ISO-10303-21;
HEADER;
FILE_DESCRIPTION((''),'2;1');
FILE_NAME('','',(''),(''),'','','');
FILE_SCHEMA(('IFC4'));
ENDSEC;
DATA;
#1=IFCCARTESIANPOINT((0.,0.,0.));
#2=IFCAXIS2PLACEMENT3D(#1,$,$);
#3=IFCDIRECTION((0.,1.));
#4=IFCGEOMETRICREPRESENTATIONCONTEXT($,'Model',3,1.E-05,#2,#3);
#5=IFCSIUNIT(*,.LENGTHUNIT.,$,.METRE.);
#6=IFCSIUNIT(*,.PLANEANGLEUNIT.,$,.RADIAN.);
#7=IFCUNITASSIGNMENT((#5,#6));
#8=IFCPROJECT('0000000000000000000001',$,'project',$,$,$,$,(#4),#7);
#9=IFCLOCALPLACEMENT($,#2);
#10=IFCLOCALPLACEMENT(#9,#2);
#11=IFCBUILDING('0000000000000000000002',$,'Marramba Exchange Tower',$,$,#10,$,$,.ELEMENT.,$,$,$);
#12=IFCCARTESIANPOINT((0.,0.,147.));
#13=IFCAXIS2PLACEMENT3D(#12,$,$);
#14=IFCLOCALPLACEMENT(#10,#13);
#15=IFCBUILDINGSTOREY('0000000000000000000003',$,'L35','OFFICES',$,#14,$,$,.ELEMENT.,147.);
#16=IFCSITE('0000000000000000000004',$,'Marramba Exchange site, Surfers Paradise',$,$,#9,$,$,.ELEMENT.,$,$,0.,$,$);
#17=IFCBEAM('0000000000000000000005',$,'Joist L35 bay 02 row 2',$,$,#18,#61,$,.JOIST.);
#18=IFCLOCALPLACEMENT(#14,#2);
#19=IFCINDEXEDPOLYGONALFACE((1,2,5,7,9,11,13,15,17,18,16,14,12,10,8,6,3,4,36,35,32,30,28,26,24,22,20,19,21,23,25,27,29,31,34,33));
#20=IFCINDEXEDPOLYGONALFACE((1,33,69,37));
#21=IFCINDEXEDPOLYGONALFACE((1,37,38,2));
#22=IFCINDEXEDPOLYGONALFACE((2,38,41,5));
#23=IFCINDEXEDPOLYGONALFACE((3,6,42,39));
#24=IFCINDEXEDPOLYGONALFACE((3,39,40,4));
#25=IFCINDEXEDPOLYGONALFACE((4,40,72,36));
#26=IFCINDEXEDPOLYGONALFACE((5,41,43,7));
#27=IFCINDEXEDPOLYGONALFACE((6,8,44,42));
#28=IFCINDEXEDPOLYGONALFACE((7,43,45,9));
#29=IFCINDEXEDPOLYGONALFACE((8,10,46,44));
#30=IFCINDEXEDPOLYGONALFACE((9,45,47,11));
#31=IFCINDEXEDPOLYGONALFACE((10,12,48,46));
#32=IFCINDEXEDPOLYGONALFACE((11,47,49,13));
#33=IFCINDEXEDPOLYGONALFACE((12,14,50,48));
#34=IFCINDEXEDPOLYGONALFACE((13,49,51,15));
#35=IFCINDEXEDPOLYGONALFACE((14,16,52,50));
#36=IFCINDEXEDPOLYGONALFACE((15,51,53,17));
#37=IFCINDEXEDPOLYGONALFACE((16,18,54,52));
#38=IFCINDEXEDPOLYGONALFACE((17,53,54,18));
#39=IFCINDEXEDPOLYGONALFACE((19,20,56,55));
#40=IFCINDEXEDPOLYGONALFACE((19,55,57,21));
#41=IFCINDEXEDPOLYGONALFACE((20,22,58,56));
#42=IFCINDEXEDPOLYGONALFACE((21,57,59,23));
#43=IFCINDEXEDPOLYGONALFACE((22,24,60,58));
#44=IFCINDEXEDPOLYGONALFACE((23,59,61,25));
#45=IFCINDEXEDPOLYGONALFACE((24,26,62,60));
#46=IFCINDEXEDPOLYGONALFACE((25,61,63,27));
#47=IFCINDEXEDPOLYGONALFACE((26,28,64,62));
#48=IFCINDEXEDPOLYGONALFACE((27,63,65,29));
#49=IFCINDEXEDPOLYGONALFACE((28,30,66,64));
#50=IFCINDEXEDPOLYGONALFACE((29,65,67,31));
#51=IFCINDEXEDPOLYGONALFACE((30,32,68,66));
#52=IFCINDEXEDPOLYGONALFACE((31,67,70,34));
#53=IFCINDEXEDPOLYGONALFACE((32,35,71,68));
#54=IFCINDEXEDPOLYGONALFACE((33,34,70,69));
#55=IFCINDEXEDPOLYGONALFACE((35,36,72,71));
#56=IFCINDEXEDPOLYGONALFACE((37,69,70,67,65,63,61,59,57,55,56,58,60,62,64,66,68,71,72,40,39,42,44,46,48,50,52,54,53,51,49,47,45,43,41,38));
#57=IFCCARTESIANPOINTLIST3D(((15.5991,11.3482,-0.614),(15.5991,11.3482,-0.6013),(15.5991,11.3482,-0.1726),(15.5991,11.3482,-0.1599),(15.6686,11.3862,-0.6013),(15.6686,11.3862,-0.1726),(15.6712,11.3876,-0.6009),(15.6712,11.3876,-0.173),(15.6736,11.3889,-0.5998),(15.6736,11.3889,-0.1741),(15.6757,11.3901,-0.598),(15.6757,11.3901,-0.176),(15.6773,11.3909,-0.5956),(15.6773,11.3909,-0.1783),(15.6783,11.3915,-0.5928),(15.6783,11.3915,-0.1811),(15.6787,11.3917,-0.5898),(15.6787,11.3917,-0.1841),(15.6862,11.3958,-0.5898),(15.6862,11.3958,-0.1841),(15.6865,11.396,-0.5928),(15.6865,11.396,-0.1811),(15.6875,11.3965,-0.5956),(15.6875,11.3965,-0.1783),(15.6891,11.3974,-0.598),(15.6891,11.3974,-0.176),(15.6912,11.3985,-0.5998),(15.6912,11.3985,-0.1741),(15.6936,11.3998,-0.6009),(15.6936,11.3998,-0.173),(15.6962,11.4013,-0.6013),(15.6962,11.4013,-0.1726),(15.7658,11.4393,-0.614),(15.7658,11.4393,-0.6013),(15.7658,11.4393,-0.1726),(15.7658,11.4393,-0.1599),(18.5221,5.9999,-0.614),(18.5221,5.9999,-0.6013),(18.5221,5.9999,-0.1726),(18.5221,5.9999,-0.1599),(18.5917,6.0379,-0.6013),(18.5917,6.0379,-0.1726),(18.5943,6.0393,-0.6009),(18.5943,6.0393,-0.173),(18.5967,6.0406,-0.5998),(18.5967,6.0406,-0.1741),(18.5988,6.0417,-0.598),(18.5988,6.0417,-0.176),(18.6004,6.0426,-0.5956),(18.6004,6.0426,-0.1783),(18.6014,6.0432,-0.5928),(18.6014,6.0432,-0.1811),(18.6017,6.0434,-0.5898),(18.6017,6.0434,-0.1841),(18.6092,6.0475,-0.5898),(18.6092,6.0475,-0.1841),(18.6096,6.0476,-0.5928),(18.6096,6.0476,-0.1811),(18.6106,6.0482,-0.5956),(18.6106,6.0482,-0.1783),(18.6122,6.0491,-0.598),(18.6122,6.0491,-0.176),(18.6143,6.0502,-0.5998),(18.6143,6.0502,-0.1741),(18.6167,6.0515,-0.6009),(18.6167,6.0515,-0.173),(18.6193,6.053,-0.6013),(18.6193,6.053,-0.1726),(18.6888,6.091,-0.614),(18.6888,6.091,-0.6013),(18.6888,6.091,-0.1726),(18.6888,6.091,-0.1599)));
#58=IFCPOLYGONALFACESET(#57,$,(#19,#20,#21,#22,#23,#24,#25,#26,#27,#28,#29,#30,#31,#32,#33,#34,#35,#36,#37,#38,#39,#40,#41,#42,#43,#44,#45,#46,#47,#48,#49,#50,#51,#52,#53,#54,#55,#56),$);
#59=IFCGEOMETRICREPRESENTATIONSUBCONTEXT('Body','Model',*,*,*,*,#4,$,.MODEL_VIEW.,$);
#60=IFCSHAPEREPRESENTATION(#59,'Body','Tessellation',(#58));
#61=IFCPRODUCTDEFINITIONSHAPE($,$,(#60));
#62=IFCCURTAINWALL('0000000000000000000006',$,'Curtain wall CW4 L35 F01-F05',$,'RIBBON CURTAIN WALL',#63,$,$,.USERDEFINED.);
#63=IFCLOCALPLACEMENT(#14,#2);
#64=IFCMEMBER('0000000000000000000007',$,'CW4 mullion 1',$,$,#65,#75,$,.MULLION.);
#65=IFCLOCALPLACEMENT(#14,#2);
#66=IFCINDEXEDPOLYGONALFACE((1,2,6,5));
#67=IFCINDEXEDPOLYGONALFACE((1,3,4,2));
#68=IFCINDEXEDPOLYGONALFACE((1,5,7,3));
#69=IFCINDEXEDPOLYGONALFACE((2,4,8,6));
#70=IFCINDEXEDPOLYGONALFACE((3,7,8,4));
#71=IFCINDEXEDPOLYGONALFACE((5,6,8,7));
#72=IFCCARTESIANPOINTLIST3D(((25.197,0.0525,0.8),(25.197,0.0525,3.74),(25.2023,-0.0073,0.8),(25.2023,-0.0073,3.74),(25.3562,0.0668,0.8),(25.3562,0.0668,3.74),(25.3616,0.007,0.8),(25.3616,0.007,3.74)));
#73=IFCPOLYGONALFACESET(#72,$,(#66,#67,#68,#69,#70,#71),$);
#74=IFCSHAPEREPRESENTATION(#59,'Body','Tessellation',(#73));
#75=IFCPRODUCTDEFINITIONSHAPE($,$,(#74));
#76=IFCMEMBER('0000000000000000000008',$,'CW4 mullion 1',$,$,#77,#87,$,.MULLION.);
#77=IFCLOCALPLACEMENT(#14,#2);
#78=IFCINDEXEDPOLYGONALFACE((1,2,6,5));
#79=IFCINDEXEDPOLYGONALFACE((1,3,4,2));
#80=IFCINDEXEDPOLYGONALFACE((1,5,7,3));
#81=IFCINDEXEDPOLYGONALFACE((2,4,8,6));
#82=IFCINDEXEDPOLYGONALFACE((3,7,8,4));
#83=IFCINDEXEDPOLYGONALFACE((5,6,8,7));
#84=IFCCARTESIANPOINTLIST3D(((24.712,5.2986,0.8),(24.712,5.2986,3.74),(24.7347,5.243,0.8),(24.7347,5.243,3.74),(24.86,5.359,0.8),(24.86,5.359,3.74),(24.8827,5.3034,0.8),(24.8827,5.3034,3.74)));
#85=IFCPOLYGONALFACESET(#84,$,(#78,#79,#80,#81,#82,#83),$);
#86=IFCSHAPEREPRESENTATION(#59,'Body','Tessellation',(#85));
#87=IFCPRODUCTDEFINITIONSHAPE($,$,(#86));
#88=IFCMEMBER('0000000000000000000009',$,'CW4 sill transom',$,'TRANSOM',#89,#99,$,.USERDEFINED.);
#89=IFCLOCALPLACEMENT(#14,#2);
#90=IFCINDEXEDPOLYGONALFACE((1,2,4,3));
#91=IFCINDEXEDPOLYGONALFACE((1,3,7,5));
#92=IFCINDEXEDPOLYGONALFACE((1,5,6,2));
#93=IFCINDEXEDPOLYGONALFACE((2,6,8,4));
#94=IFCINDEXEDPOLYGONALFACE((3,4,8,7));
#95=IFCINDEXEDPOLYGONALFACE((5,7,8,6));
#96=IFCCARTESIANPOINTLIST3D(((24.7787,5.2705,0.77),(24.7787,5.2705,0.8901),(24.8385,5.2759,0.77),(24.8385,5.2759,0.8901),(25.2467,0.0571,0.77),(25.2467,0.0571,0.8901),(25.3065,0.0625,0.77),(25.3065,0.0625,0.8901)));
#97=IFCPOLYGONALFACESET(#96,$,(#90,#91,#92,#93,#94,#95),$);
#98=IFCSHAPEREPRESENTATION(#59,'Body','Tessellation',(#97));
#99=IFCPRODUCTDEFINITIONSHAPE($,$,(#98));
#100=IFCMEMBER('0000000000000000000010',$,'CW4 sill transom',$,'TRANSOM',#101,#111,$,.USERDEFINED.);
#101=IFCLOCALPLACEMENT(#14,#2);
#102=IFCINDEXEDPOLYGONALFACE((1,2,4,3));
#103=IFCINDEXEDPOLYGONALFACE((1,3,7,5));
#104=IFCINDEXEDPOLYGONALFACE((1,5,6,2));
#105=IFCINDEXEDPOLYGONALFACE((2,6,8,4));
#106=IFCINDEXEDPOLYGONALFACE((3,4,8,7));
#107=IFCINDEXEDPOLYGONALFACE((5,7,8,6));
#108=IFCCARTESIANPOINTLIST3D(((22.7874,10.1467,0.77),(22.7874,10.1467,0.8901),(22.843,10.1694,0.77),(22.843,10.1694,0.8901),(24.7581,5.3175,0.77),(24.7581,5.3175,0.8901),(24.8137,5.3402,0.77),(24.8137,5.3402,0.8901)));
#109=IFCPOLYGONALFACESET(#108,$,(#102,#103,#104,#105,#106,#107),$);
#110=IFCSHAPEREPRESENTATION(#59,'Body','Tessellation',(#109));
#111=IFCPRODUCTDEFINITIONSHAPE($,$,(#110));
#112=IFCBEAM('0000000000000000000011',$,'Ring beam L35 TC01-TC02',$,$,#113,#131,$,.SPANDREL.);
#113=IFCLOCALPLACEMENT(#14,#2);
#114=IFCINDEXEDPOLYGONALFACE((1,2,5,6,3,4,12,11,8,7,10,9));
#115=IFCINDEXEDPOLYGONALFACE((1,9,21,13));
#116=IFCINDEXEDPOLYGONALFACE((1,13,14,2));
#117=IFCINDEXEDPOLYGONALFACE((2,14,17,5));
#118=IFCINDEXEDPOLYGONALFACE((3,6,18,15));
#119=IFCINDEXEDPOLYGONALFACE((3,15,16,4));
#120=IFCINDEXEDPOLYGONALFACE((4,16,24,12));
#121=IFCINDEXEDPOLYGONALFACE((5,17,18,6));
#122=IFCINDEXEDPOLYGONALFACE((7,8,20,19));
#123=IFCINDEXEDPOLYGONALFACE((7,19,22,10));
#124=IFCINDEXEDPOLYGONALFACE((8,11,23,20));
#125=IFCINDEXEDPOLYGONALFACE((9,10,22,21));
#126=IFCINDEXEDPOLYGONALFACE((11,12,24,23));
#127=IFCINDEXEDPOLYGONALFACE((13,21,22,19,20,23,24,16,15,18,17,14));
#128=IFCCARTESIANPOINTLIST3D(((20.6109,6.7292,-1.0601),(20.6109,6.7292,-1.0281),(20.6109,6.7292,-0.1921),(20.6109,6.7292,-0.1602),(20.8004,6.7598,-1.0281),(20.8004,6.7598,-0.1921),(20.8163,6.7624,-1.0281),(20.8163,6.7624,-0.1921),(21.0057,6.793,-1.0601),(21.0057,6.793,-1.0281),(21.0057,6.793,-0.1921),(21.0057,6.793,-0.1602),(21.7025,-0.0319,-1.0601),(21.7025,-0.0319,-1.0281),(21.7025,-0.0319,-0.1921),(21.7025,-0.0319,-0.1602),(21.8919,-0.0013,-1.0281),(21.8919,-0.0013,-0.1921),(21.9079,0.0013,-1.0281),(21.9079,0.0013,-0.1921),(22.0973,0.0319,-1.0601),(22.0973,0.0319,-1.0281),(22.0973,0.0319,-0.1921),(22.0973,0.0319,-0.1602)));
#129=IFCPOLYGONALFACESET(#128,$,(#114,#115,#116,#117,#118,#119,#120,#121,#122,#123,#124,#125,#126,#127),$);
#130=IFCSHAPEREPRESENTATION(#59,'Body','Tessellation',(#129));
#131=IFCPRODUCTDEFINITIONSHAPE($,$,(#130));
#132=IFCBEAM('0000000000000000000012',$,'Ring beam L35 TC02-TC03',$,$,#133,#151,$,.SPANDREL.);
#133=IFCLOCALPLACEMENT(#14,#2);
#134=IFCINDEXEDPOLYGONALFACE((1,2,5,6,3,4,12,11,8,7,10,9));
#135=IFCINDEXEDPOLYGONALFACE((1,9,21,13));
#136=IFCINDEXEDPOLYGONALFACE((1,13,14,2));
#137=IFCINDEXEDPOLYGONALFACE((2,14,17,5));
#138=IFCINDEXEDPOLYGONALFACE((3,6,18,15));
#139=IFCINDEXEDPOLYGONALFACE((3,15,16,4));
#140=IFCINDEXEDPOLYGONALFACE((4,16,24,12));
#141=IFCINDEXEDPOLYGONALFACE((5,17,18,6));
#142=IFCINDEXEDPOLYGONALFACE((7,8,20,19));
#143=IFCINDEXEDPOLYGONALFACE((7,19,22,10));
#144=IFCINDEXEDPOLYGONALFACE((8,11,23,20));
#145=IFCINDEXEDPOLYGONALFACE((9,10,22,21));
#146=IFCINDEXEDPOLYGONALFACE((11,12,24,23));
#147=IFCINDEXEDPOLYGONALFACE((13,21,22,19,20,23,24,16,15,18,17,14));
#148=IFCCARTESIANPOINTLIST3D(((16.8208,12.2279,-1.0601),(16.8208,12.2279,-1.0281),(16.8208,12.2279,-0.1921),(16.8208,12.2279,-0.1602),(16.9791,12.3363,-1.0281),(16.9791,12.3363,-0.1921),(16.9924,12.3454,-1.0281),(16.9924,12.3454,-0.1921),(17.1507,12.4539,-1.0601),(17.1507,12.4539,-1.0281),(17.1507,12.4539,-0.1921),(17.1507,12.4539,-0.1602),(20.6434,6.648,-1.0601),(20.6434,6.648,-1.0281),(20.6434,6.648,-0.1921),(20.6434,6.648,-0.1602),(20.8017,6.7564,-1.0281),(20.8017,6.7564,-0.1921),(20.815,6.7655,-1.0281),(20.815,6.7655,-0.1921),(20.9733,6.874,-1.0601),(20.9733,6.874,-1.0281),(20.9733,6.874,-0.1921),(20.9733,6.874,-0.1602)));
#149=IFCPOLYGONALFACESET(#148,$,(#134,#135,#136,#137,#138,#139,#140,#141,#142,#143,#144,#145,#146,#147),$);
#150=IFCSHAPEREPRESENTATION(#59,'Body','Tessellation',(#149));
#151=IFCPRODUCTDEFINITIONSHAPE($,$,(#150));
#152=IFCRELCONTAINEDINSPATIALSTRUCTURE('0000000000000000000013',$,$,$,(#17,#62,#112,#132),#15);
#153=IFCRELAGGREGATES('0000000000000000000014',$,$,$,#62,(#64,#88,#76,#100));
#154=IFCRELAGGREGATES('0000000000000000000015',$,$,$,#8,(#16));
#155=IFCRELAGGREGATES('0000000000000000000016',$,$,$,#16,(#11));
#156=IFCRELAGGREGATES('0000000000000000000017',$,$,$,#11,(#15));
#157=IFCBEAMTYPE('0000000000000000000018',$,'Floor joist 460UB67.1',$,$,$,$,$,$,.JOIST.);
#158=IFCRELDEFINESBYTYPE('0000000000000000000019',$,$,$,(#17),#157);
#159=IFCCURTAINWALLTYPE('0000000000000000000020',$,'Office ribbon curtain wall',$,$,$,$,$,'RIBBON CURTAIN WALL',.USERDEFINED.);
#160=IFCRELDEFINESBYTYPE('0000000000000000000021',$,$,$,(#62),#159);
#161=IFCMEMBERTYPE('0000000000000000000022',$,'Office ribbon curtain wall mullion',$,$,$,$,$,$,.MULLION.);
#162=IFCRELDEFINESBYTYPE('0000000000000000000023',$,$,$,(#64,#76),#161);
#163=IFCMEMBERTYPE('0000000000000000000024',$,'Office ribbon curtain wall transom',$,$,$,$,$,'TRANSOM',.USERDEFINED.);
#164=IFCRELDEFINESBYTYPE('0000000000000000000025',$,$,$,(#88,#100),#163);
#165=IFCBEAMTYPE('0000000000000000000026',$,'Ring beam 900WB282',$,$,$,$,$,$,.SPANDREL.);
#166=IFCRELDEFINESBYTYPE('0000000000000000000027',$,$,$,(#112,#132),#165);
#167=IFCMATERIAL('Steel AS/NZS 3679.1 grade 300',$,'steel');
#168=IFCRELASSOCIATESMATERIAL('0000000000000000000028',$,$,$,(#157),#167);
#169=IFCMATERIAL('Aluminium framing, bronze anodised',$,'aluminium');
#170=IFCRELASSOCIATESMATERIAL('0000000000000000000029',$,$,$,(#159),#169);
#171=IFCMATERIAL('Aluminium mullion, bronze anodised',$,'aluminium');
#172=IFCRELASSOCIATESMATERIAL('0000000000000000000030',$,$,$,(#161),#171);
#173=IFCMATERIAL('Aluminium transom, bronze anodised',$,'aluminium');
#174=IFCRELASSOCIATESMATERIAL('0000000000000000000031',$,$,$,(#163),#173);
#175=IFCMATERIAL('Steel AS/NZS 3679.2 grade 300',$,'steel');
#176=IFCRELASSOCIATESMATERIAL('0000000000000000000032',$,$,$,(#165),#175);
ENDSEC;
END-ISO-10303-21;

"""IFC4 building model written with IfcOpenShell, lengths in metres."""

from ifc_helpers import new_model, si_unit, direction, frame, origin, origin_2d, place, context, subcontext, project, spatial, rectangle, i_section, extrude, material, material_profile, profile_set, type_object, element, aggregate, save


model = new_model("IFC4")

# Units and contexts
model_context = context("Model", 3, precision=1e-05, world=origin(), true_north=direction((0.0, 1.0)))
body_context = subcontext(model_context, "Body", "Model", "MODEL_VIEW")
ifc_project = project(units=[si_unit("LENGTHUNIT", "METRE"), si_unit("PLANEANGLEUNIT", "RADIAN")], contexts=[model_context])

# Site, building, storey
site_placement = place(None, origin())
site = spatial("IfcSite", under=ifc_project, at=site_placement, Name="Marramba Exchange site, Surfers Paradise", CompositionType="ELEMENT", RefElevation=0.0)
building_placement = place(site_placement, origin())
building = spatial("IfcBuilding", under=site, at=building_placement, Name="Marramba Exchange Tower", CompositionType="ELEMENT")
storey_placement = place(building_placement, frame((0.0, 0.0, 147.0)))
storey = spatial("IfcBuildingStorey", under=building, at=storey_placement, Name="L35", Description="OFFICES", CompositionType="ELEMENT", Elevation=147.0)

# Beam
ifc_material_1 = material(Name="Steel AS/NZS 3679.2 grade 300", Category="steel")
ifc_material_2 = material(Name="Steel AS/NZS 3679.1 grade 300", Category="steel")
ifc_material_profile_1 = material_profile(ifc_material_2, i_section(OverallWidth=0.1899, OverallDepth=0.4541, WebThickness=0.0085, FlangeThickness=0.0127, FilletRadius=0.0115, at=origin_2d()), Name="460UB67.1")
ifc_profile_set_1 = profile_set([ifc_material_profile_1], Name="Steel AS/NZS 3679.1 grade 300")
beam_type_1 = type_object("IfcBeamType", Name="Floor joist 460UB67.1", PredefinedType="JOIST", material=ifc_profile_set_1)
beam_1_placement = place(storey_placement, frame((18.6055, 6.0454, -0.387), z_axis=(-0.479584, 0.877496, 0.0), x_axis=(-0.877496, -0.479584, 0.0)))
element("IfcBeam", 1, at=beam_1_placement, inside=storey, type_object=beam_type_1, Name="Joist L35 bay 02 row 2", PredefinedType="JOIST", context=body_context, shape_type="SweptSolid", body=[
    extrude(i_section(OverallWidth=0.1899, OverallDepth=0.4541, WebThickness=0.0085, FlangeThickness=0.0127, FilletRadius=0.0115, at=origin_2d()), origin(), (0.0, 0.0, 1.0), 6.095),
])

# Curtain wall, members
ifc_material_3 = material(Name="Aluminium framing, bronze anodised", Category="aluminium")
curtain_wall_type = type_object("IfcCurtainWallType", Name="Office ribbon curtain wall", ElementType="RIBBON CURTAIN WALL", PredefinedType="USERDEFINED", material=ifc_material_3)
curtain_wall_placement = place(storey_placement, origin())
curtain_wall = element("IfcCurtainWall", 2, at=curtain_wall_placement, inside=storey, type_object=curtain_wall_type, Name="Curtain wall CW4 L35 F01-F05", ObjectType="RIBBON CURTAIN WALL", PredefinedType="USERDEFINED")
ifc_material_4 = material(Name="Aluminium mullion, bronze anodised", Category="aluminium")
ifc_material_profile_2 = material_profile(ifc_material_4, rectangle(XDim=0.1599, YDim=0.0601, at=origin_2d()), Name="CW4 mullion 60x160")
ifc_profile_set_2 = profile_set([ifc_material_profile_2], Name="Aluminium mullion, bronze anodised")
member_type_1 = type_object("IfcMemberType", Name="Office ribbon curtain wall mullion", PredefinedType="MULLION", material=ifc_profile_set_2)
member_1_placement = place(storey_placement, frame((25.2793, 0.0298, 0.8), z_axis=(0.0, 0.0, 1.0), x_axis=(-0.995995, -0.089413, 0.0)))
member_1 = element("IfcMember", 3, at=member_1_placement, type_object=member_type_1, Name="CW4 mullion 1", PredefinedType="MULLION", context=body_context, shape_type="SweptSolid", body=[
    extrude(rectangle(XDim=0.1599, YDim=0.0601, at=origin_2d()), origin(), (0.0, 0.0, 1.0), 2.9399),
])
member_2_placement = place(storey_placement, frame((24.7974, 5.301, 0.8), z_axis=(0.0, 0.0, 1.0), x_axis=(-0.925879, -0.377821, 0.0)))
member_2 = element("IfcMember", 4, at=member_2_placement, type_object=member_type_1, Name="CW4 mullion 1", PredefinedType="MULLION", context=body_context, shape_type="SweptSolid", body=[
    extrude(rectangle(XDim=0.1599, YDim=0.0601, at=origin_2d()), origin(), (0.0, 0.0, 1.0), 2.9399),
])
ifc_material_5 = material(Name="Aluminium transom, bronze anodised", Category="aluminium")
ifc_material_profile_3 = material_profile(ifc_material_5, rectangle(XDim=0.0601, YDim=0.1201, at=origin_2d()), Name="CW4 transom 60x120")
ifc_profile_set_3 = profile_set([ifc_material_profile_3], Name="Aluminium transom, bronze anodised")
member_type_2 = type_object("IfcMemberType", Name="Office ribbon curtain wall transom", ElementType="TRANSOM", PredefinedType="USERDEFINED", material=ifc_profile_set_3)
member_3_placement = place(storey_placement, frame((25.2766, 0.0598, 0.8301), z_axis=(-0.089413, 0.995995, 0.0), x_axis=(-0.995995, -0.089413, 0.0)))
member_3 = element("IfcMember", 5, at=member_3_placement, type_object=member_type_2, Name="CW4 sill transom", ObjectType="TRANSOM", PredefinedType="USERDEFINED", context=body_context, shape_type="SweptSolid", body=[
    extrude(rectangle(XDim=0.0601, YDim=0.1201, at=origin_2d()), origin(), (0.0, 0.0, 1.0), 5.2344),
])
member_4_placement = place(storey_placement, frame((24.7859, 5.3289, 0.8301), z_axis=(-0.377838, 0.925872, 0.0), x_axis=(-0.925872, -0.377838, 0.0)))
member_4 = element("IfcMember", 6, at=member_4_placement, type_object=member_type_2, Name="CW4 sill transom", ObjectType="TRANSOM", PredefinedType="USERDEFINED", context=body_context, shape_type="SweptSolid", body=[
    extrude(rectangle(XDim=0.0601, YDim=0.1201, at=origin_2d()), origin(), (0.0, 0.0, 1.0), 5.2158),
])

# Beams
ifc_material_profile_4 = material_profile(ifc_material_1, i_section(OverallWidth=0.3999, OverallDepth=0.8999, WebThickness=0.0161, FlangeThickness=0.032, at=origin_2d()), Name="900WB282")
ifc_profile_set_4 = profile_set([ifc_material_profile_4], Name="Steel AS/NZS 3679.2 grade 300")
beam_type_2 = type_object("IfcBeamType", Name="Ring beam 900WB282", PredefinedType="SPANDREL", material=ifc_profile_set_4)
beam_2_placement = place(storey_placement, frame((21.8999, 0.0, -0.6101), z_axis=(-0.159385, 0.987217, 0.0), x_axis=(-0.987217, -0.159385, 0.0)))
element("IfcBeam", 7, at=beam_2_placement, inside=storey, type_object=beam_type_2, Name="Ring beam L35 TC01-TC02", PredefinedType="SPANDREL", context=body_context, shape_type="SweptSolid", body=[
    extrude(i_section(OverallWidth=0.3999, OverallDepth=0.8999, WebThickness=0.0161, FlangeThickness=0.032, at=origin_2d()), origin(), (0.0, 0.0, 1.0), 6.8486),
])
beam_3_placement = place(storey_placement, frame((20.8083, 6.761, -0.6101), z_axis=(-0.56516, 0.824981, 0.0), x_axis=(-0.824981, -0.56516, 0.0)))
element("IfcBeam", 8, at=beam_3_placement, inside=storey, type_object=beam_type_2, Name="Ring beam L35 TC02-TC03", PredefinedType="SPANDREL", context=body_context, shape_type="SweptSolid", body=[
    extrude(i_section(OverallWidth=0.3999, OverallDepth=0.8999, WebThickness=0.0161, FlangeThickness=0.032, at=origin_2d()), origin(), (0.0, 0.0, 1.0), 6.7637),
])

aggregate(curtain_wall, [member_1, member_3, member_2, member_4])

save(model, "model.ifc")
